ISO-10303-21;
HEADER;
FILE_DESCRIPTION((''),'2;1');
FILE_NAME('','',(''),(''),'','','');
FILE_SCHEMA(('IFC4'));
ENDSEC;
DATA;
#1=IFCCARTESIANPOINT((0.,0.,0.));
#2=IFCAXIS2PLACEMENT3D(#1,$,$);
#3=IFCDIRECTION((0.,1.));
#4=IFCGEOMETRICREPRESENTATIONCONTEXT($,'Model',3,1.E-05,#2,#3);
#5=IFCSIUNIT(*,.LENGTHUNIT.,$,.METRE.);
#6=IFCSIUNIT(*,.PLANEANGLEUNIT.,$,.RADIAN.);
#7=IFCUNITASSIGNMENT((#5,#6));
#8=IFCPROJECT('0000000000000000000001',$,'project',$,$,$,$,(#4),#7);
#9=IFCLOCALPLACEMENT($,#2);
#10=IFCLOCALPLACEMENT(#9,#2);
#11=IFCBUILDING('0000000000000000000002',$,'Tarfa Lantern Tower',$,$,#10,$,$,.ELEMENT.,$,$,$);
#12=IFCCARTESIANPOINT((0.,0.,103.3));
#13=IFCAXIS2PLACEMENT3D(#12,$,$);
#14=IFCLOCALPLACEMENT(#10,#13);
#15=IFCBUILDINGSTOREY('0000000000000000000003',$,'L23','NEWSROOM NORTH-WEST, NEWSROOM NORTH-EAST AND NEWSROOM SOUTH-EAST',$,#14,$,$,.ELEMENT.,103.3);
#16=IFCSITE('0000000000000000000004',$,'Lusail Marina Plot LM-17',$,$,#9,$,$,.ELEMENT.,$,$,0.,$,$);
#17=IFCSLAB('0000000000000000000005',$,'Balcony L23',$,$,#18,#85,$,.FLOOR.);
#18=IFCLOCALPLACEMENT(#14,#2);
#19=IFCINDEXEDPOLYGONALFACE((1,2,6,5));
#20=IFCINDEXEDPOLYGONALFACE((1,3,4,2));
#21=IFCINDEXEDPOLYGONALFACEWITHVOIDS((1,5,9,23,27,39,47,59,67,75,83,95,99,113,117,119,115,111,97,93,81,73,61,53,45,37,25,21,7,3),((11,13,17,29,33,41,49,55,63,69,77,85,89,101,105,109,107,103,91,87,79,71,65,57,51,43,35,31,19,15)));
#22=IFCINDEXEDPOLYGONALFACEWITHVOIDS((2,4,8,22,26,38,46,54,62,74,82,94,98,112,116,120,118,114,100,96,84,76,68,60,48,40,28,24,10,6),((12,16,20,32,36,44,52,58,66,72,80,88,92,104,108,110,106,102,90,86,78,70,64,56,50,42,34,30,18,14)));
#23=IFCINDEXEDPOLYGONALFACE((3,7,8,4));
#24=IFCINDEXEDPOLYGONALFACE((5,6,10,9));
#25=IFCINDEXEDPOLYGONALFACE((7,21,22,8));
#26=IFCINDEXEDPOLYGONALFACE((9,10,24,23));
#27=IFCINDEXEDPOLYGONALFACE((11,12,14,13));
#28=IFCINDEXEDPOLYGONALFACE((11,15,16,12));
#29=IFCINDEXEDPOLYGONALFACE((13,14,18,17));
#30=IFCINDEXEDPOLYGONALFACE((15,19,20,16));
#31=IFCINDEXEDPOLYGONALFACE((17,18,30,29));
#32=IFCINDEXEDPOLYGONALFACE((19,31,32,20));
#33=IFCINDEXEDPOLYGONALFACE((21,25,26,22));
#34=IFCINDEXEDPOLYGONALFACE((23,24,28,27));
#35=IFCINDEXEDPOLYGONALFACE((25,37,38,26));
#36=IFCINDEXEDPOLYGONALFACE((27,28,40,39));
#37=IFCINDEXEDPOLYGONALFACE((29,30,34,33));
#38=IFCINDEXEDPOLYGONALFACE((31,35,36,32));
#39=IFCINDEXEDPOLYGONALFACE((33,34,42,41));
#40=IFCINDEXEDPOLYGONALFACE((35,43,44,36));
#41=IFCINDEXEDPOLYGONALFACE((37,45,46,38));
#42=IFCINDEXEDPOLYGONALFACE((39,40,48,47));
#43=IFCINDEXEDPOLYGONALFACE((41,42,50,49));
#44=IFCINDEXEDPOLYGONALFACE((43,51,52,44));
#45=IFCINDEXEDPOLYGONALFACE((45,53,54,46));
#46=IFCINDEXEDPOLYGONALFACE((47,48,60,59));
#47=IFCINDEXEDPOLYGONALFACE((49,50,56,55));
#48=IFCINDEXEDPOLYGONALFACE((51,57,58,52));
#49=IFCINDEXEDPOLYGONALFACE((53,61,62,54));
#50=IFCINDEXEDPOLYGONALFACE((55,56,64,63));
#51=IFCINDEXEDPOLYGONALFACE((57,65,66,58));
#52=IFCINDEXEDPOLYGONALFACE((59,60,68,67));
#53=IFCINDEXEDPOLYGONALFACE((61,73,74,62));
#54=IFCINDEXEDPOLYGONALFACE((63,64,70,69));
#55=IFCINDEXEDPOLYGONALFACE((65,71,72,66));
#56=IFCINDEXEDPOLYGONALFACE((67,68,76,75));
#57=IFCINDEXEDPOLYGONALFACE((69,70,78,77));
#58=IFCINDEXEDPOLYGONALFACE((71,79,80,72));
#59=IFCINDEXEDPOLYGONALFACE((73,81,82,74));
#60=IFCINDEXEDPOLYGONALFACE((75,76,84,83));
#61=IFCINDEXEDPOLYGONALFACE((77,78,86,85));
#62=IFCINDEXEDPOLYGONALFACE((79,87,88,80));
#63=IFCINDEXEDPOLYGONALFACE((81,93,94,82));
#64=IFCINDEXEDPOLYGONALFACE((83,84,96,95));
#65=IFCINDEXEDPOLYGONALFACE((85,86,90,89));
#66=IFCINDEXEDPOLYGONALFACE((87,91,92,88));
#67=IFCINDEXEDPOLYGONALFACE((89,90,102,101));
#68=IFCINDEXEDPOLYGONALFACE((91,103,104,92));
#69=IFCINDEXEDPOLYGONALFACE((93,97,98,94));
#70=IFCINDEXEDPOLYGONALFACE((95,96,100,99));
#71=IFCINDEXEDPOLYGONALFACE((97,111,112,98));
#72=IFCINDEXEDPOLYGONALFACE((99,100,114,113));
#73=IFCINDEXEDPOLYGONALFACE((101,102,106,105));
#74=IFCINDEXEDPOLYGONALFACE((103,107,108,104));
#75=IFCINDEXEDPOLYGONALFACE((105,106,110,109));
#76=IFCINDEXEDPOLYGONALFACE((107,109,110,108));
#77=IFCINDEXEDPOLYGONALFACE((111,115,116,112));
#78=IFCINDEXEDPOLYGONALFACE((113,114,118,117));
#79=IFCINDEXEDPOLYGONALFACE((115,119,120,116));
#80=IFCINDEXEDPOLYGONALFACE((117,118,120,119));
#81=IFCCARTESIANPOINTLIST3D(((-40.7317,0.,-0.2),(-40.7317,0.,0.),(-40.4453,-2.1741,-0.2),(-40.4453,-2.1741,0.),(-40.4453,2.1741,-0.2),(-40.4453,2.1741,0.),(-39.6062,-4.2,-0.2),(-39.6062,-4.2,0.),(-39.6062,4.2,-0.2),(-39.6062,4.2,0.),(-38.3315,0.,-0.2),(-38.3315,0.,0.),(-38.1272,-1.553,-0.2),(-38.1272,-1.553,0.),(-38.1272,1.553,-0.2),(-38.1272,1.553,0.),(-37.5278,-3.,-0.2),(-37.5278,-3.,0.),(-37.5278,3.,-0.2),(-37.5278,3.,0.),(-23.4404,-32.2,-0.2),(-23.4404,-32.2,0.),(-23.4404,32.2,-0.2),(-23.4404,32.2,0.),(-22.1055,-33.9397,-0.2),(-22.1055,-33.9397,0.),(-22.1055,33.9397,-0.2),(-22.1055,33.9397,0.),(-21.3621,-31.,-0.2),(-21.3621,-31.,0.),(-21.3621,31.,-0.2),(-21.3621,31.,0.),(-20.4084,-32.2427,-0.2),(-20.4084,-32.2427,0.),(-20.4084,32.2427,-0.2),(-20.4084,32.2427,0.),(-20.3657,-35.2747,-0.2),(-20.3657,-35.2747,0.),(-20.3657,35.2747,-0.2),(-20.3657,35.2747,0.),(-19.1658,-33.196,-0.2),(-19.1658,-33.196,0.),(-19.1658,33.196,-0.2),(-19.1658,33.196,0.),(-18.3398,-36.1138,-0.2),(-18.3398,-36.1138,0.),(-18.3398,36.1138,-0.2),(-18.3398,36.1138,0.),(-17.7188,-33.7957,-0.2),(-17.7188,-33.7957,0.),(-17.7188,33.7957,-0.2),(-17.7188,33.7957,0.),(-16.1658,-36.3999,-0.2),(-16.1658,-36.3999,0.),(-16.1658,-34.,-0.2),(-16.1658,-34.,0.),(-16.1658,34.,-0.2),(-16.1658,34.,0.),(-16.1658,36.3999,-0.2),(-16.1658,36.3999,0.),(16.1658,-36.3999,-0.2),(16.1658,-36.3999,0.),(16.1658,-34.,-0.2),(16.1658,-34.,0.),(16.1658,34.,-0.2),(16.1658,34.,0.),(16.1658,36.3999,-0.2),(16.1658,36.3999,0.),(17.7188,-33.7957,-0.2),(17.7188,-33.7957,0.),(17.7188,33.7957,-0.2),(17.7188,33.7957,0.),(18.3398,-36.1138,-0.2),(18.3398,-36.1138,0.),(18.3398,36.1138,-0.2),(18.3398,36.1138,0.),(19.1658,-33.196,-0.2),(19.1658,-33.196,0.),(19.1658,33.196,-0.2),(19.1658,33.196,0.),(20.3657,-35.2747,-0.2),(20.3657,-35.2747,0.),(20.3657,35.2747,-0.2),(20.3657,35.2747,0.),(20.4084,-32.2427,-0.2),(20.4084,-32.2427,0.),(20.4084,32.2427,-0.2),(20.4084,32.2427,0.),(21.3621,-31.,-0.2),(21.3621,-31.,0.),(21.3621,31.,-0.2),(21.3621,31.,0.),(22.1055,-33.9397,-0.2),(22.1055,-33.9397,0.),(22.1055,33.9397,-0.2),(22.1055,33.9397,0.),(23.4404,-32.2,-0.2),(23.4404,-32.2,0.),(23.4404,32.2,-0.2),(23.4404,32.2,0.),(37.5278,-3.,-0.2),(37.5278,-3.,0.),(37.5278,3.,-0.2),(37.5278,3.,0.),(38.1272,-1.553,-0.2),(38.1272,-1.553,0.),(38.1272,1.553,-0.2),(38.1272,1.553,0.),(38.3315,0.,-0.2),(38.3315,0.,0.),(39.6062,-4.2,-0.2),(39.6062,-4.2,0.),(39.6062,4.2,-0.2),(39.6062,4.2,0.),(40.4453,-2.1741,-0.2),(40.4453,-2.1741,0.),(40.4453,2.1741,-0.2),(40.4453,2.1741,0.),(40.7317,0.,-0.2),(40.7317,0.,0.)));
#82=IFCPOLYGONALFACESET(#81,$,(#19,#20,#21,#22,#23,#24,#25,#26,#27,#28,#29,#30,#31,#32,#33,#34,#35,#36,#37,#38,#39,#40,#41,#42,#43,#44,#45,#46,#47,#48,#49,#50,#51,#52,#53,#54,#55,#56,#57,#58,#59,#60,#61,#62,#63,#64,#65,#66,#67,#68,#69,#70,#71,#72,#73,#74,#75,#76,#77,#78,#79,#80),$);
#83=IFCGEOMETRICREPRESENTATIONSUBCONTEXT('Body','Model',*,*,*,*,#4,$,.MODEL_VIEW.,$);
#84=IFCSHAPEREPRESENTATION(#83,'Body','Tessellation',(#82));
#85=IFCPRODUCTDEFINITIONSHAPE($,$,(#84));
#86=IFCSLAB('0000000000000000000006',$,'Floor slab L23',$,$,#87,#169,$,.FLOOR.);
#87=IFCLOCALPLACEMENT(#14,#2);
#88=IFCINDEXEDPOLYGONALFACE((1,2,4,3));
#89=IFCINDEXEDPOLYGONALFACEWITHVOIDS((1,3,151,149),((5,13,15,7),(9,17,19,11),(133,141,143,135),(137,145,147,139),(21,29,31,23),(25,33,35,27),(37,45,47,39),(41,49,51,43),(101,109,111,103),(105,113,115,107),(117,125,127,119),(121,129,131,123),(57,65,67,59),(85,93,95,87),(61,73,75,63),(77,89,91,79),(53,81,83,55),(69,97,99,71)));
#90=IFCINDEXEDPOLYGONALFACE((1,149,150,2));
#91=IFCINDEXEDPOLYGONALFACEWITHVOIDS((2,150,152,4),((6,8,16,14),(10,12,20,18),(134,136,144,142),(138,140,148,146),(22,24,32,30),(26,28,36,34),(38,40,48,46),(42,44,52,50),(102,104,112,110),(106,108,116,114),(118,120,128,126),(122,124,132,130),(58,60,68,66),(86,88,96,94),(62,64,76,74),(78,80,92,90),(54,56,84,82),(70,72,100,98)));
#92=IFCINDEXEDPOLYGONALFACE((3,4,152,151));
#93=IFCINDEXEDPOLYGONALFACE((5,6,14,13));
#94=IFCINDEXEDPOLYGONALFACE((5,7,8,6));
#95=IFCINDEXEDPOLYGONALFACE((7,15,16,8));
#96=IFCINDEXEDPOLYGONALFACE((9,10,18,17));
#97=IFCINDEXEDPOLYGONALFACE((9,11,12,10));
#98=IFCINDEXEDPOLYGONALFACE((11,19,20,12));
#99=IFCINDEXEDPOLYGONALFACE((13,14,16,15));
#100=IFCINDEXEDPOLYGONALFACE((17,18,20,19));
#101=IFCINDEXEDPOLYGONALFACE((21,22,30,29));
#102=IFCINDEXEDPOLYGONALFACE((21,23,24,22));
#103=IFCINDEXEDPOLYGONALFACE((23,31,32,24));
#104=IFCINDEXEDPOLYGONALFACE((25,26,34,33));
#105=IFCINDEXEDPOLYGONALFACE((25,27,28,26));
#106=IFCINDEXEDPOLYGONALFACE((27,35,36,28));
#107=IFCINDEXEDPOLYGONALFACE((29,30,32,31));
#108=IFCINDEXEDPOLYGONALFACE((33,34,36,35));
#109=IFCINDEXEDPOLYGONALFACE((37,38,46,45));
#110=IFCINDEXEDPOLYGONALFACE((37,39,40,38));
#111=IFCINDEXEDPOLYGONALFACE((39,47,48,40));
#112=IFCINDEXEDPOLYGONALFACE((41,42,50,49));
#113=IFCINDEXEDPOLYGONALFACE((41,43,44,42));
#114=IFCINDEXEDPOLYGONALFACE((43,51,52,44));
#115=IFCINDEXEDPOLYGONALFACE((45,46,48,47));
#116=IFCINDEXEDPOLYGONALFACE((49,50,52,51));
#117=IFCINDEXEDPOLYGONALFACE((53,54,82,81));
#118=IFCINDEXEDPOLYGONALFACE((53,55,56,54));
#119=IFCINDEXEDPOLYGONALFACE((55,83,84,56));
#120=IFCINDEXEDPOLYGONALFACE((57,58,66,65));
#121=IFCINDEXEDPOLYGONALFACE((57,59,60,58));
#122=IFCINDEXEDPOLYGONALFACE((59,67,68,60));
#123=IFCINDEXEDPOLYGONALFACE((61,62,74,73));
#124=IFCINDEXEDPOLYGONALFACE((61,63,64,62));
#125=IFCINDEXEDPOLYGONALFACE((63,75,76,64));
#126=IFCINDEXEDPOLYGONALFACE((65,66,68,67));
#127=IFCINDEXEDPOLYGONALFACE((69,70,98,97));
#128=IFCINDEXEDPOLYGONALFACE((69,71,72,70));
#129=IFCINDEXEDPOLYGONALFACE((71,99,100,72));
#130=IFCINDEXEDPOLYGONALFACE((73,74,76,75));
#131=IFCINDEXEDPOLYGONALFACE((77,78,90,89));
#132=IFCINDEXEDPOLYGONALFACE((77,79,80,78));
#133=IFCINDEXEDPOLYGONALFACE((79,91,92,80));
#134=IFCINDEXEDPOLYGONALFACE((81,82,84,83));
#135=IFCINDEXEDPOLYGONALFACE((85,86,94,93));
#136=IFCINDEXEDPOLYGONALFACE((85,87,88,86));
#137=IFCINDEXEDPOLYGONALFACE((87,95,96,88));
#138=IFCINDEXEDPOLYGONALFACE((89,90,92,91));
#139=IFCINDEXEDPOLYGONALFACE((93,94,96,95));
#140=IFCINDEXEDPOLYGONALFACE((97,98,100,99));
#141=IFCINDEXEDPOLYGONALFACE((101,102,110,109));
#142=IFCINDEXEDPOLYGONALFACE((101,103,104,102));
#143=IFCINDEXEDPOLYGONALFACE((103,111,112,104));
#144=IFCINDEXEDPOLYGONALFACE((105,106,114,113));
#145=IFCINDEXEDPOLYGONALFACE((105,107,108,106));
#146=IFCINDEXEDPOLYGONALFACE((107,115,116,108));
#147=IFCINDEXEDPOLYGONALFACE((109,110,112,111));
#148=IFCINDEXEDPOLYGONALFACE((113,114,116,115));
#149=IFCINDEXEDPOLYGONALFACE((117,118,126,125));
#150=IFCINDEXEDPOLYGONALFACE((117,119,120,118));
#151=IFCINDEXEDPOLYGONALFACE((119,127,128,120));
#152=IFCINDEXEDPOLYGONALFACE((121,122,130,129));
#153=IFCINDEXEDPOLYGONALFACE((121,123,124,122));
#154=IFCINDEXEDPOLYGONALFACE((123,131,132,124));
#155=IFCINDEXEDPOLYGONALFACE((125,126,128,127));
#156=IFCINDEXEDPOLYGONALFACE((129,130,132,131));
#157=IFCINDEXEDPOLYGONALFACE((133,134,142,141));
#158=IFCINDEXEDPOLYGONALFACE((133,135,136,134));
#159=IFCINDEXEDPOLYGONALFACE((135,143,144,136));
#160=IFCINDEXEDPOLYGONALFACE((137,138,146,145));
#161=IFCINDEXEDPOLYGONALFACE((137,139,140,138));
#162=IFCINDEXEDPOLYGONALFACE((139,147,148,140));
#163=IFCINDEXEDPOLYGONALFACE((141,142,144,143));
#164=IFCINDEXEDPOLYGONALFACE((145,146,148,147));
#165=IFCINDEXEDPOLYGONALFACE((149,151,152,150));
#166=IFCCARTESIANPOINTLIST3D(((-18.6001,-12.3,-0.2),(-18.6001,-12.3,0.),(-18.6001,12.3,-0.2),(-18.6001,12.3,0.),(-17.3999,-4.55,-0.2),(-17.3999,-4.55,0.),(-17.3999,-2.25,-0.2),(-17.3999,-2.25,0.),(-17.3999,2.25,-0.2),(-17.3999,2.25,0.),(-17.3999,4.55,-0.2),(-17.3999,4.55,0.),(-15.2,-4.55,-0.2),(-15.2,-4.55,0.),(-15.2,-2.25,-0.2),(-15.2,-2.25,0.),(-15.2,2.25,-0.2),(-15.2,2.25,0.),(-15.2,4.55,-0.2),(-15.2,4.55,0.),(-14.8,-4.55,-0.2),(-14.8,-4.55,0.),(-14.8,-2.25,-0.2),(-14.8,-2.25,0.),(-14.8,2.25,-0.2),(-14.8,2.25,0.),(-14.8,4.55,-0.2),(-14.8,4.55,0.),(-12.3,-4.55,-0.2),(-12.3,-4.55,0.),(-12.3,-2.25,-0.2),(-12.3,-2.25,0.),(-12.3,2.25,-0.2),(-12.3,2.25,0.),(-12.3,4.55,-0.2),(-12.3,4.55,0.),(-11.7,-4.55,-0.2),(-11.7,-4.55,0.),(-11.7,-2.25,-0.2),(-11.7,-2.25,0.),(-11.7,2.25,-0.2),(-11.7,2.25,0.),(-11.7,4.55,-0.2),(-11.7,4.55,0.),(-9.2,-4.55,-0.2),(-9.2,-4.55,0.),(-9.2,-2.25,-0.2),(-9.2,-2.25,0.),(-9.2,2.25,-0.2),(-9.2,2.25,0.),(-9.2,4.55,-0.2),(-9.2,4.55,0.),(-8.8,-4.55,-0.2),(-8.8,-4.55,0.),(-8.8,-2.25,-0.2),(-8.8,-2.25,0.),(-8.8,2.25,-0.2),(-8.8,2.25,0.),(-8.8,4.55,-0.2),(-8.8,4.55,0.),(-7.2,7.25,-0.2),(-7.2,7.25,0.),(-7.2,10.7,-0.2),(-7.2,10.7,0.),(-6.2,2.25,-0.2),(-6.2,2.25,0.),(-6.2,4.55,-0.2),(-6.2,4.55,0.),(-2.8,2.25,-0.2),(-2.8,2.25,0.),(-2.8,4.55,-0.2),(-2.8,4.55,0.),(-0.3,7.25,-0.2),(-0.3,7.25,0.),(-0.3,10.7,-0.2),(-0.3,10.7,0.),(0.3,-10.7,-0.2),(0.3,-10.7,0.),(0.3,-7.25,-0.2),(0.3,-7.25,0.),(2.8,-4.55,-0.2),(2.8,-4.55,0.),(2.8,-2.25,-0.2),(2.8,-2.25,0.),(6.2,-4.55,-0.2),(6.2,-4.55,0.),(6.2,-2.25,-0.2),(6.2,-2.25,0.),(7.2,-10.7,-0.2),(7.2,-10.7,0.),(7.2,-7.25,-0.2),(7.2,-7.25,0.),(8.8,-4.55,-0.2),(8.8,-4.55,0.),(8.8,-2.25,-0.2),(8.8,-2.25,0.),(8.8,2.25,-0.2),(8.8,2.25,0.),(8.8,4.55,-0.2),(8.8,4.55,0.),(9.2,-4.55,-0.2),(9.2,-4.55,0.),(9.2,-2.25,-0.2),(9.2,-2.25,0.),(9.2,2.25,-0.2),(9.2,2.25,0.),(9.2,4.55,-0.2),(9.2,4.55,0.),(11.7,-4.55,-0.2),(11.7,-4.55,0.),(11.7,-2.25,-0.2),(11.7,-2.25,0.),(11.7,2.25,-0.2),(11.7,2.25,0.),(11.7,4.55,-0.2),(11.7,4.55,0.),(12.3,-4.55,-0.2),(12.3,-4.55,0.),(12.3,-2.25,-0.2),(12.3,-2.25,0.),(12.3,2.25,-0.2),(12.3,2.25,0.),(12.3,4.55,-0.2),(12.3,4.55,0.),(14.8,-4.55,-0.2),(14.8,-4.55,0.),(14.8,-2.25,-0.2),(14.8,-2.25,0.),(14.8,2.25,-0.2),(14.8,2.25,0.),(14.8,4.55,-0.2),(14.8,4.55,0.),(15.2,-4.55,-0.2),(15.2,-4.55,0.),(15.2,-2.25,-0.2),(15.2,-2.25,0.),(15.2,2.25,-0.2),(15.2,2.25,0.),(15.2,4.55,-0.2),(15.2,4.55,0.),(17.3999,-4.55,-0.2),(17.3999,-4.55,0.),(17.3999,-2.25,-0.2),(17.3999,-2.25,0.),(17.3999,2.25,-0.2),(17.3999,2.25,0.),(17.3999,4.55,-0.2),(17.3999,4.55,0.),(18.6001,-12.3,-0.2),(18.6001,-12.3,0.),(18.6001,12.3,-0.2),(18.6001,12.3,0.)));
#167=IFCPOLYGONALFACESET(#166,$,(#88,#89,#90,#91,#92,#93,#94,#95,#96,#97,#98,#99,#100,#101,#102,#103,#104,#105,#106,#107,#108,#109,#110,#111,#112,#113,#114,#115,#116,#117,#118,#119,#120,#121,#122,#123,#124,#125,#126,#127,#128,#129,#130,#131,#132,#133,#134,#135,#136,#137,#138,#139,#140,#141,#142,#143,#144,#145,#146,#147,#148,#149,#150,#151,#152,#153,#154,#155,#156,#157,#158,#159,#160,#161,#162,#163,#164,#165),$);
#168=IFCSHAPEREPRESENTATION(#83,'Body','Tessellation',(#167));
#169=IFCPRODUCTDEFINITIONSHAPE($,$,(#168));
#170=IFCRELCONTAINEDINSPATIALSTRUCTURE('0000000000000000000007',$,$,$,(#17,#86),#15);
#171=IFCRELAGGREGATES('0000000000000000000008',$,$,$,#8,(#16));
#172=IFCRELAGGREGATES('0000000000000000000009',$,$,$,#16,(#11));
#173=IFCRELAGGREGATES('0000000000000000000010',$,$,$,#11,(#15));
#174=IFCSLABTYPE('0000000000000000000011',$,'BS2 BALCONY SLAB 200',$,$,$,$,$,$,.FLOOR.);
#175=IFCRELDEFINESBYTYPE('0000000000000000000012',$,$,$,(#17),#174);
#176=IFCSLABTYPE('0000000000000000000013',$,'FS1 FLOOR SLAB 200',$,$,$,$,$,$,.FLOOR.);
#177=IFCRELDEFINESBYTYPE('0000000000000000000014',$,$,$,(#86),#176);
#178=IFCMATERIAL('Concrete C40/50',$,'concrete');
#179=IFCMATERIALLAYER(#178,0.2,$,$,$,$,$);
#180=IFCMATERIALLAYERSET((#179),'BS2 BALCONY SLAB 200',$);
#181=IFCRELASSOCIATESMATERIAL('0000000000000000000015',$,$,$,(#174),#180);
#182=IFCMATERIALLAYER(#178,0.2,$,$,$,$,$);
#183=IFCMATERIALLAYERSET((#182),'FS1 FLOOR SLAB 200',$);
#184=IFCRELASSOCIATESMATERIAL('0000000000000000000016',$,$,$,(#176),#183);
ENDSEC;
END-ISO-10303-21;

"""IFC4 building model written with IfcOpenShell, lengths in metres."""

from ifc_helpers import new_model, si_unit, direction, frame, origin, place, context, subcontext, project, spatial, polyline, outline, extrude, material, layer, layer_set, type_object, element, save


model = new_model("IFC4")

# Units and contexts
model_context = context("Model", 3, precision=1e-05, world=origin(), true_north=direction((0.0, 1.0)))
body_context = subcontext(model_context, "Body", "Model", "MODEL_VIEW")
ifc_project = project(units=[si_unit("LENGTHUNIT", "METRE"), si_unit("PLANEANGLEUNIT", "RADIAN")], contexts=[model_context])

# Site, building, storey
site_placement = place(None, origin())
site = spatial("IfcSite", under=ifc_project, at=site_placement, Name="Lusail Marina Plot LM-17", CompositionType="ELEMENT", RefElevation=0.0)
building_placement = place(site_placement, origin())
building = spatial("IfcBuilding", under=site, at=building_placement, Name="Tarfa Lantern Tower", CompositionType="ELEMENT")
storey_placement = place(building_placement, frame((0.0, 0.0, 103.3)))
storey = spatial("IfcBuildingStorey", under=building, at=storey_placement, Name="L23", Description="NEWSROOM NORTH-WEST, NEWSROOM NORTH-EAST AND NEWSROOM SOUTH-EAST", CompositionType="ELEMENT", Elevation=103.3)

# Slabs
ifc_material_1 = material(Name="Concrete C40/50", Category="concrete")
ifc_layer_1 = layer(ifc_material_1, 0.2)
ifc_layer_set_1 = layer_set([ifc_layer_1], Name="BS2 BALCONY SLAB 200")
slab_type_1 = type_object("IfcSlabType", Name="BS2 BALCONY SLAB 200", PredefinedType="FLOOR", material=ifc_layer_set_1)
slab_1_placement = place(storey_placement, frame((0.0, 0.0, -0.2)))
element("IfcSlab", 1, at=slab_1_placement, inside=storey, type_object=slab_type_1, Name="Balcony L23", PredefinedType="FLOOR", context=body_context, shape_type="SweptSolid", body=[
    extrude(outline(polyline([(39.6062, 4.2), (23.4404, 32.2), (22.1055, 33.9397), (20.3657, 35.2747), (18.3398, 36.1138), (16.1658, 36.3999), (-16.1658, 36.3999), (-18.3398, 36.1138), (-20.3657, 35.2747), (-22.1055, 33.9397), (-23.4404, 32.2), (-39.6062, 4.2), (-40.4453, 2.1741), (-40.7317, 0.0), (-40.4453, -2.1741), (-39.6062, -4.2), (-23.4404, -32.2), (-22.1055, -33.9397), (-20.3657, -35.2747), (-18.3398, -36.1138), (-16.1658, -36.3999), (16.1658, -36.3999), (18.3398, -36.1138), (20.3657, -35.2747), (22.1055, -33.9397), (23.4404, -32.2), (39.6062, -4.2), (40.4453, -2.1741), (40.7317, 0.0), (40.4453, 2.1741), (39.6062, 4.2)]), holes=[polyline([(37.5278, 3.0), (21.3621, 31.0), (20.4084, 32.2427), (19.1658, 33.196), (17.7188, 33.7957), (16.1658, 34.0), (-16.1658, 34.0), (-17.7188, 33.7957), (-19.1658, 33.196), (-20.4084, 32.2427), (-21.3621, 31.0), (-37.5278, 3.0), (-38.1272, 1.553), (-38.3315, 0.0), (-38.1272, -1.553), (-37.5278, -3.0), (-21.3621, -31.0), (-20.4084, -32.2427), (-19.1658, -33.196), (-17.7188, -33.7957), (-16.1658, -34.0), (16.1658, -34.0), (17.7188, -33.7957), (19.1658, -33.196), (20.4084, -32.2427), (21.3621, -31.0), (37.5278, -3.0), (38.1272, -1.553), (38.3315, 0.0), (38.1272, 1.553), (37.5278, 3.0)])]), origin(), (0.0, 0.0, 1.0), 0.2),
])
ifc_layer_2 = layer(ifc_material_1, 0.2)
ifc_layer_set_2 = layer_set([ifc_layer_2], Name="FS1 FLOOR SLAB 200")
slab_type_2 = type_object("IfcSlabType", Name="FS1 FLOOR SLAB 200", PredefinedType="FLOOR", material=ifc_layer_set_2)
slab_2_placement = place(storey_placement, frame((0.0, 0.0, -0.2)))
element("IfcSlab", 2, at=slab_2_placement, inside=storey, type_object=slab_type_2, Name="Floor slab L23", PredefinedType="FLOOR", context=body_context, shape_type="SweptSolid", body=[
    extrude(outline(polyline([(-18.6001, -12.3), (18.6001, -12.3), (18.6001, 12.3), (-18.6001, 12.3), (-18.6001, -12.3)]), holes=[polyline([(-17.3999, 2.25), (-15.2, 2.25), (-15.2, 4.55), (-17.3999, 4.55), (-17.3999, 2.25)]), polyline([(-14.8, 2.25), (-12.3, 2.25), (-12.3, 4.55), (-14.8, 4.55), (-14.8, 2.25)]), polyline([(-11.7, 2.25), (-9.2, 2.25), (-9.2, 4.55), (-11.7, 4.55), (-11.7, 2.25)]), polyline([(-8.8, 2.25), (-6.2, 2.25), (-6.2, 4.55), (-8.8, 4.55), (-8.8, 2.25)]), polyline([(-2.8, 2.25), (8.8, 2.25), (8.8, 4.55), (-2.8, 4.55), (-2.8, 2.25)]), polyline([(9.2, 2.25), (11.7, 2.25), (11.7, 4.55), (9.2, 4.55), (9.2, 2.25)]), polyline([(12.3, 2.25), (14.8, 2.25), (14.8, 4.55), (12.3, 4.55), (12.3, 2.25)]), polyline([(15.2, 2.25), (17.3999, 2.25), (17.3999, 4.55), (15.2, 4.55), (15.2, 2.25)]), polyline([(17.3999, -2.25), (15.2, -2.25), (15.2, -4.55), (17.3999, -4.55), (17.3999, -2.25)]), polyline([(14.8, -2.25), (12.3, -2.25), (12.3, -4.55), (14.8, -4.55), (14.8, -2.25)]), polyline([(11.7, -2.25), (9.2, -2.25), (9.2, -4.55), (11.7, -4.55), (11.7, -2.25)]), polyline([(8.8, -2.25), (6.2, -2.25), (6.2, -4.55), (8.8, -4.55), (8.8, -2.25)]), polyline([(2.8, -2.25), (-8.8, -2.25), (-8.8, -4.55), (2.8, -4.55), (2.8, -2.25)]), polyline([(-9.2, -2.25), (-11.7, -2.25), (-11.7, -4.55), (-9.2, -4.55), (-9.2, -2.25)]), polyline([(-12.3, -2.25), (-14.8, -2.25), (-14.8, -4.55), (-12.3, -4.55), (-12.3, -2.25)]), polyline([(-15.2, -2.25), (-17.3999, -2.25), (-17.3999, -4.55), (-15.2, -4.55), (-15.2, -2.25)]), polyline([(-7.2, 7.25), (-0.3, 7.25), (-0.3, 10.7), (-7.2, 10.7), (-7.2, 7.25)]), polyline([(7.2, -7.25), (0.3, -7.25), (0.3, -10.7), (7.2, -10.7), (7.2, -7.25)])]), origin(), (0.0, 0.0, 1.0), 0.2),
])

save(model, "model.ifc")
